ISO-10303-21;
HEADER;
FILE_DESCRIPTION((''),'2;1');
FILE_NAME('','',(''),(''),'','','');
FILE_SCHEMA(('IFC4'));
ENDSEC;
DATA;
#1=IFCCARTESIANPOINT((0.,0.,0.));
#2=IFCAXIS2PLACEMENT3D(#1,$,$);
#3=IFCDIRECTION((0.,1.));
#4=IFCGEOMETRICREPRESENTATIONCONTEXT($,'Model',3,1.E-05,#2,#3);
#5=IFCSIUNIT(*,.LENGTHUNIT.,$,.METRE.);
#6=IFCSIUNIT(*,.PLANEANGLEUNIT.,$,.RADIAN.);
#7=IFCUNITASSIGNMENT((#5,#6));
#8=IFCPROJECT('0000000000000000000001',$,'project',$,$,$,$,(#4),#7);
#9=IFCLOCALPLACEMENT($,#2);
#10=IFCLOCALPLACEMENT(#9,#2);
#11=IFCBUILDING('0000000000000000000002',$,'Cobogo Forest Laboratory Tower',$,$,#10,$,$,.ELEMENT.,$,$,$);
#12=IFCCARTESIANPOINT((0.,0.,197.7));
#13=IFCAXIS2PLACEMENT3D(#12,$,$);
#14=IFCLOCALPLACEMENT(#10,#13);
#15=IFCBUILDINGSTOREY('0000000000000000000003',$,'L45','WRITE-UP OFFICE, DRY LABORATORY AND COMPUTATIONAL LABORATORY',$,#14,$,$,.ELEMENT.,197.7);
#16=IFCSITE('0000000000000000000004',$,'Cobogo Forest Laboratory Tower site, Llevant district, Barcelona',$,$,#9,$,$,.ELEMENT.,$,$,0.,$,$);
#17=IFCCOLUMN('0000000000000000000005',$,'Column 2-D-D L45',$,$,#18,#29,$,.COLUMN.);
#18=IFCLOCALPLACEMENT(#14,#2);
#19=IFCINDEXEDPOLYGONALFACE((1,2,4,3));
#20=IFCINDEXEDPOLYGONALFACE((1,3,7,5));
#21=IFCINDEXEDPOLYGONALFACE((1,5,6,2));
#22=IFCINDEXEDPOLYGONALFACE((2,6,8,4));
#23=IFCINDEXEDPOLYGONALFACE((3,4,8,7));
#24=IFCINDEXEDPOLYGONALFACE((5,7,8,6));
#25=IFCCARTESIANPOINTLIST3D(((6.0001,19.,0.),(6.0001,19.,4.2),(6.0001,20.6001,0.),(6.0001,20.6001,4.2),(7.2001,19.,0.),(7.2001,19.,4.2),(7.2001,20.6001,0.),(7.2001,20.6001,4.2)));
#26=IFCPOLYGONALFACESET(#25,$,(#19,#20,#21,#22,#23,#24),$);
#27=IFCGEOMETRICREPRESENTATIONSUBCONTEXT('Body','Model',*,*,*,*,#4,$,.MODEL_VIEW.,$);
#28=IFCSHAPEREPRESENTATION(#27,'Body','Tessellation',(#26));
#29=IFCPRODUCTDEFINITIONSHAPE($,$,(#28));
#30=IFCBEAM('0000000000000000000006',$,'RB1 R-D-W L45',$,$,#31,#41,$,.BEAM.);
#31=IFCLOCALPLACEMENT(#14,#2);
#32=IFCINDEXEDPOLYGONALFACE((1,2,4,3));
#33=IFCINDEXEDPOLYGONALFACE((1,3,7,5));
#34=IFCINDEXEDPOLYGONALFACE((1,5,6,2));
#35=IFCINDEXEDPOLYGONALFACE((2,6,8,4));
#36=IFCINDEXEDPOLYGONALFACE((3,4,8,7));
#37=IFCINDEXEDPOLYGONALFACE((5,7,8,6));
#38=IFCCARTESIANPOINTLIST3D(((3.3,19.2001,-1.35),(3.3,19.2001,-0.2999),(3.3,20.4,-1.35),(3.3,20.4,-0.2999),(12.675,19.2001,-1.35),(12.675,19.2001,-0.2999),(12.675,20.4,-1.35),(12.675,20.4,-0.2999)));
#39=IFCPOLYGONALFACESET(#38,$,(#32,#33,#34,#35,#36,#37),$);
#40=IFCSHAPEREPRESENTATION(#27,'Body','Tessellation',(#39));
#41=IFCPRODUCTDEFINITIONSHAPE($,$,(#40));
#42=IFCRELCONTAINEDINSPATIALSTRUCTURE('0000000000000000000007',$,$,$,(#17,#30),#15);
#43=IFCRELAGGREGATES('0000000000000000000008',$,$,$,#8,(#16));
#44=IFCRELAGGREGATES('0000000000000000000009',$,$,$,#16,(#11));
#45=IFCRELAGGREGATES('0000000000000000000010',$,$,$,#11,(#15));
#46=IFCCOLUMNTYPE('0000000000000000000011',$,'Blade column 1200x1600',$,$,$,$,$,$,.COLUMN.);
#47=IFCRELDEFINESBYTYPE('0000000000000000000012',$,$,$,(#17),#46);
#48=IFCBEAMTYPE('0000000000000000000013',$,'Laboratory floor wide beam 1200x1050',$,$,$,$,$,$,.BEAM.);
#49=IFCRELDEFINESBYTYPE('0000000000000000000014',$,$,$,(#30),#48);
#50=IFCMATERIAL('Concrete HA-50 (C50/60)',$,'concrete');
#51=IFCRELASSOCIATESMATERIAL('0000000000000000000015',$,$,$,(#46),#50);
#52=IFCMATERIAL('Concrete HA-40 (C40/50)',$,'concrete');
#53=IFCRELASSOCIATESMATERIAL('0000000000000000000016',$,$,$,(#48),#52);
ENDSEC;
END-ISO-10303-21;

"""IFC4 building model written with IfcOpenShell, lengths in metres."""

from ifc_helpers import new_model, si_unit, direction, frame, origin, origin_2d, place, context, subcontext, project, spatial, rectangle, extrude, material, material_profile, profile_set, type_object, element, save


model = new_model("IFC4")

# Units and contexts
model_context = context("Model", 3, precision=1e-05, world=origin(), true_north=direction((0.0, 1.0)))
body_context = subcontext(model_context, "Body", "Model", "MODEL_VIEW")
ifc_project = project(units=[si_unit("LENGTHUNIT", "METRE"), si_unit("PLANEANGLEUNIT", "RADIAN")], contexts=[model_context])

# Site, building, storey
site_placement = place(None, origin())
site = spatial("IfcSite", under=ifc_project, at=site_placement, Name="Cobogo Forest Laboratory Tower site, Llevant district, Barcelona", CompositionType="ELEMENT", RefElevation=0.0)
building_placement = place(site_placement, origin())
building = spatial("IfcBuilding", under=site, at=building_placement, Name="Cobogo Forest Laboratory Tower", CompositionType="ELEMENT")
storey_placement = place(building_placement, frame((0.0, 0.0, 197.7)))
storey = spatial("IfcBuildingStorey", under=building, at=storey_placement, Name="L45", Description="WRITE-UP OFFICE, DRY LABORATORY AND COMPUTATIONAL LABORATORY", CompositionType="ELEMENT", Elevation=197.7)

# Column
ifc_material_1 = material(Name="Concrete HA-50 (C50/60)", Category="concrete")
ifc_material_profile_1 = material_profile(ifc_material_1, rectangle(XDim=1.6001, YDim=1.2, at=origin_2d()), Name="RC 1200x1600")
ifc_profile_set_1 = profile_set([ifc_material_profile_1], Name="Concrete HA-50 (C50/60)")
column_type = type_object("IfcColumnType", Name="Blade column 1200x1600", PredefinedType="COLUMN", material=ifc_profile_set_1)
column_placement = place(storey_placement, frame((6.6001, 19.8, 0.0), z_axis=(0.0, 0.0, 1.0), x_axis=(0.0, 1.0, 0.0)))
element("IfcColumn", 1, at=column_placement, inside=storey, type_object=column_type, Name="Column 2-D-D L45", PredefinedType="COLUMN", context=body_context, shape_type="SweptSolid", body=[
    extrude(rectangle(XDim=1.6001, YDim=1.2, at=origin_2d()), origin(), (0.0, 0.0, 1.0), 4.2),
])

# Beam
ifc_material_2 = material(Name="Concrete HA-40 (C40/50)", Category="concrete")
ifc_material_profile_2 = material_profile(ifc_material_2, rectangle(XDim=1.2, YDim=1.05, at=origin_2d()), Name="RC 1200x1050")
ifc_profile_set_2 = profile_set([ifc_material_profile_2], Name="Concrete HA-40 (C40/50)")
beam_type = type_object("IfcBeamType", Name="Laboratory floor wide beam 1200x1050", PredefinedType="BEAM", material=ifc_profile_set_2)
beam_placement = place(storey_placement, frame((12.675, 19.8, -0.825), z_axis=(-1.0, 0.0, 0.0), x_axis=(0.0, -1.0, 0.0)))
element("IfcBeam", 2, at=beam_placement, inside=storey, type_object=beam_type, Name="RB1 R-D-W L45", PredefinedType="BEAM", context=body_context, shape_type="SweptSolid", body=[
    extrude(rectangle(XDim=1.2, YDim=1.05, at=origin_2d()), origin(), (0.0, 0.0, 1.0), 9.375),
])

save(model, "model.ifc")
